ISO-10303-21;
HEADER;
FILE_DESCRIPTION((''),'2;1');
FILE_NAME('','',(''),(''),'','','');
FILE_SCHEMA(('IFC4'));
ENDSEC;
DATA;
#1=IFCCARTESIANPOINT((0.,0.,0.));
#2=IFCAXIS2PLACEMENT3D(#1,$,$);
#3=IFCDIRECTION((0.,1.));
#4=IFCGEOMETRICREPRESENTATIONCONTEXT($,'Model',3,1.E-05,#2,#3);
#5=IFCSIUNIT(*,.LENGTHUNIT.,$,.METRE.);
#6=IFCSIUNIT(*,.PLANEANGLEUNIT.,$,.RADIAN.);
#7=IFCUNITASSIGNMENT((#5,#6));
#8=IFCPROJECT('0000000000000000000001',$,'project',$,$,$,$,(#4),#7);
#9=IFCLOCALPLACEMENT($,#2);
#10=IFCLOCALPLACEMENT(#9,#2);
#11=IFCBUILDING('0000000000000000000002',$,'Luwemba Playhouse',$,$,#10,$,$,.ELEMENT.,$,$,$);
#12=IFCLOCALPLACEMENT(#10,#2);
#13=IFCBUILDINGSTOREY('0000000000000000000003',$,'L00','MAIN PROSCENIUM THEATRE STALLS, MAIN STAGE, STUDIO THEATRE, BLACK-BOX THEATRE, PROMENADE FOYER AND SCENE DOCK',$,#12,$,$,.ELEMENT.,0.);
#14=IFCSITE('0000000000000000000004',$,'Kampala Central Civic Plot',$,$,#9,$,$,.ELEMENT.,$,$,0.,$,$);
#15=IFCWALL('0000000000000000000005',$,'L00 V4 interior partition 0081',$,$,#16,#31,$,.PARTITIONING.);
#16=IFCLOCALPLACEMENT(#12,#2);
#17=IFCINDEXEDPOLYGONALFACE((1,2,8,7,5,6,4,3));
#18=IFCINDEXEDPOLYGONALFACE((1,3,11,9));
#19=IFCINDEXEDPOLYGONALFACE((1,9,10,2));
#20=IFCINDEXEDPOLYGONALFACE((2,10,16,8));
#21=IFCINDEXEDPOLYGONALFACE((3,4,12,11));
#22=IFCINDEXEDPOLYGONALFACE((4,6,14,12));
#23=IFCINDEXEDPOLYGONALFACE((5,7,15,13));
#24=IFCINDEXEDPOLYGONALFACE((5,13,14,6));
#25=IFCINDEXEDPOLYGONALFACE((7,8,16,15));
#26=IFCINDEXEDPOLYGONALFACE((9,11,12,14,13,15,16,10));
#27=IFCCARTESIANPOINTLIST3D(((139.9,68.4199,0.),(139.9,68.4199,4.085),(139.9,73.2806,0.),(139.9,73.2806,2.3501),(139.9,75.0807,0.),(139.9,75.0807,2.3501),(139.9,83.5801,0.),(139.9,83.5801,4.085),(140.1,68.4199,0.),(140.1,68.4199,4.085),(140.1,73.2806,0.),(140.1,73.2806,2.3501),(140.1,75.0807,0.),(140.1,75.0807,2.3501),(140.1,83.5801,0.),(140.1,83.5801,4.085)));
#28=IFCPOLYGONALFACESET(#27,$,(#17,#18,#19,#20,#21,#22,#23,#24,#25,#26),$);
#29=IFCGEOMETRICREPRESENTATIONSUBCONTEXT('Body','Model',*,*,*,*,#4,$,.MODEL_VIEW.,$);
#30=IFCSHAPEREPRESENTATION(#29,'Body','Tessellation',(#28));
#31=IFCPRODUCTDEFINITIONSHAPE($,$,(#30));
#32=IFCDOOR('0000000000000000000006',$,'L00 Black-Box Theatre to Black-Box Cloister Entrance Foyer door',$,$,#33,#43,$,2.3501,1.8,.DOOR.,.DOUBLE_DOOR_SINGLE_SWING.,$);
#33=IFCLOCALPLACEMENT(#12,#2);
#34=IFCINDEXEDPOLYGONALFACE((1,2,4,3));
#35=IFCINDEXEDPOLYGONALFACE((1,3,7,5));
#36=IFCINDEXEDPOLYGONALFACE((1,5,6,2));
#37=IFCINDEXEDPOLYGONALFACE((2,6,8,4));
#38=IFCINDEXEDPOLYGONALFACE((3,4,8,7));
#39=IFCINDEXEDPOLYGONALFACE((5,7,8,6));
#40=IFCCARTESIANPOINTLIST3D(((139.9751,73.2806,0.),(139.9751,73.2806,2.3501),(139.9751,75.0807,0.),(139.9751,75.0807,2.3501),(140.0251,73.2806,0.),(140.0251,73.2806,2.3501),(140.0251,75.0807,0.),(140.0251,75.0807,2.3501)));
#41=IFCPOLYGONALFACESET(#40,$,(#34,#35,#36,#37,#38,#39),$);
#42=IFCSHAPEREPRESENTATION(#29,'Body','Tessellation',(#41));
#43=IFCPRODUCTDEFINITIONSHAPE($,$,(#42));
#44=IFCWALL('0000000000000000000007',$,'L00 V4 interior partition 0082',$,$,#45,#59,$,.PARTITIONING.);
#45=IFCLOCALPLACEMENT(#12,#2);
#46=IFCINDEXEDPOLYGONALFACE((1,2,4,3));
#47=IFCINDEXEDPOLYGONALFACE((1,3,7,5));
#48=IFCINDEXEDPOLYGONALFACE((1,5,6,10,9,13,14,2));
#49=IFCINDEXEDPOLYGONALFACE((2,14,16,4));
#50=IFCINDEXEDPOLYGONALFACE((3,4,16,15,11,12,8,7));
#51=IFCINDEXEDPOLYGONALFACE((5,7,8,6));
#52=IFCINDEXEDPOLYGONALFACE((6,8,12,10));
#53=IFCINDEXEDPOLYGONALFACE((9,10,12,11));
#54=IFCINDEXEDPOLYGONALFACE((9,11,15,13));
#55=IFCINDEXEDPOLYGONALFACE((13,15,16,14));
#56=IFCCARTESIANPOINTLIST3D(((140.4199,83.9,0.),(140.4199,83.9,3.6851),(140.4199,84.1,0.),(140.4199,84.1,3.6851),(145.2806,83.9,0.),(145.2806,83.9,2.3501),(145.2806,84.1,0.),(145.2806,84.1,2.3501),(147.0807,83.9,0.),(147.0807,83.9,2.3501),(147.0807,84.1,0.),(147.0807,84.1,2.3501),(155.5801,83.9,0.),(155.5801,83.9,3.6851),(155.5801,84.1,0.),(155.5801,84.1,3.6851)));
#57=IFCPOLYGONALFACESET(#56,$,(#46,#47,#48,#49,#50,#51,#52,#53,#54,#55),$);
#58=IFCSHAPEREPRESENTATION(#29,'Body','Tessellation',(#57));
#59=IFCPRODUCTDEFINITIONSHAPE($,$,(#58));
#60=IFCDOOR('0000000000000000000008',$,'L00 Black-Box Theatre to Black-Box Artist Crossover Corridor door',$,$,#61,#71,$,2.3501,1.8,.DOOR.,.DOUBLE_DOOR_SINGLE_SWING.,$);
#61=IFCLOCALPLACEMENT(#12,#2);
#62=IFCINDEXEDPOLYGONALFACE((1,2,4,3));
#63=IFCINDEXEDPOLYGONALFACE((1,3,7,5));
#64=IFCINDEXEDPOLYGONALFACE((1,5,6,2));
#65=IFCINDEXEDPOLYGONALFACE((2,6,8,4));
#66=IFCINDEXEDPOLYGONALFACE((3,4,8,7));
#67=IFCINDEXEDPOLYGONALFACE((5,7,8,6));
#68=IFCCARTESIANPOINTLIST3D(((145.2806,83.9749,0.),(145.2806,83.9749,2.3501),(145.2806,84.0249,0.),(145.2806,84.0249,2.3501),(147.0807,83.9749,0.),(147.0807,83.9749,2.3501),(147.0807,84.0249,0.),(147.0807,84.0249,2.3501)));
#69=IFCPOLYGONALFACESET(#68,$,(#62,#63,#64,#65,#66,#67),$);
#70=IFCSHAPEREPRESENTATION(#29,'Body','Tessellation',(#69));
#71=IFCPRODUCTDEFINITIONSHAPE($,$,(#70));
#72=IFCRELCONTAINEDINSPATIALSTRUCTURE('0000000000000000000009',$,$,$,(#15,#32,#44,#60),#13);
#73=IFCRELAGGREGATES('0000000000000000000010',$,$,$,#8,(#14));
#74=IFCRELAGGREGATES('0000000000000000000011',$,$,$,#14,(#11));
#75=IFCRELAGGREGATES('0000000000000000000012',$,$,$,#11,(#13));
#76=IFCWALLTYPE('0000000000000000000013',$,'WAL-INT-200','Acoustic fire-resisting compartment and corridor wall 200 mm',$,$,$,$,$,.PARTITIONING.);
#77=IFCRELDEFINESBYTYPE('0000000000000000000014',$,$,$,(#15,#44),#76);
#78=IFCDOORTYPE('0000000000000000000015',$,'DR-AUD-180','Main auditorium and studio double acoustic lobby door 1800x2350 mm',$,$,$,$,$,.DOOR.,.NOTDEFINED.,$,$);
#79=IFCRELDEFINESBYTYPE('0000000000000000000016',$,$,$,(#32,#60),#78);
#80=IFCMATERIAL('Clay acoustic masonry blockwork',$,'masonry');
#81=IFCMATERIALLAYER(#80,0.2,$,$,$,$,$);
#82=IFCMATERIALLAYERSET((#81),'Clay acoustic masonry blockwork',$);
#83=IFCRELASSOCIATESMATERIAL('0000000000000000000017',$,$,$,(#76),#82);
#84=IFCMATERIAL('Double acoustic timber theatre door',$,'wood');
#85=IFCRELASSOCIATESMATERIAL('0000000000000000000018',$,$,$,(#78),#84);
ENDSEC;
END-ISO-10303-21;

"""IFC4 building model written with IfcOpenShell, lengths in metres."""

from ifc_helpers import new_model, si_unit, direction, frame, frame_2d, origin, place, context, subcontext, project, spatial, rectangle, extrude, material, layer, layer_set, type_object, element, fill, save


model = new_model("IFC4")

# Units and contexts
model_context = context("Model", 3, precision=1e-05, world=origin(), true_north=direction((0.0, 1.0)))
body_context = subcontext(model_context, "Body", "Model", "MODEL_VIEW")
ifc_project = project(units=[si_unit("LENGTHUNIT", "METRE"), si_unit("PLANEANGLEUNIT", "RADIAN")], contexts=[model_context])

# Site, building, storey
site_placement = place(None, origin())
site = spatial("IfcSite", under=ifc_project, at=site_placement, Name="Kampala Central Civic Plot", CompositionType="ELEMENT", RefElevation=0.0)
building_placement = place(site_placement, origin())
building = spatial("IfcBuilding", under=site, at=building_placement, Name="Luwemba Playhouse", CompositionType="ELEMENT")
storey_placement = place(building_placement, origin())
storey = spatial("IfcBuildingStorey", under=building, at=storey_placement, Name="L00", Description="MAIN PROSCENIUM THEATRE STALLS, MAIN STAGE, STUDIO THEATRE, BLACK-BOX THEATRE, PROMENADE FOYER AND SCENE DOCK", CompositionType="ELEMENT", Elevation=0.0)

# Walls, openings, doors
ifc_material_1 = material(Name="Clay acoustic masonry blockwork", Category="masonry")
ifc_layer = layer(ifc_material_1, 0.2)
ifc_layer_set = layer_set([ifc_layer], Name="Clay acoustic masonry blockwork")
wall_type = type_object("IfcWallType", Name="WAL-INT-200", Description="Acoustic fire-resisting compartment and corridor wall 200 mm", PredefinedType="PARTITIONING", material=ifc_layer_set)
wall_1_placement = place(storey_placement, frame((140.0, 68.4199, 0.0), z_axis=(0.0, 0.0, 1.0), x_axis=(0.0, 1.0, 0.0)))
wall_1 = element("IfcWall", 1, at=wall_1_placement, inside=storey, type_object=wall_type, Name="L00 V4 interior partition 0081", PredefinedType="PARTITIONING", context=body_context, shape_type="SweptSolid", body=[
    extrude(rectangle(XDim=15.1602, YDim=0.2, at=frame_2d((7.5801, 0.0))), origin(), (0.0, 0.0, 1.0), 4.085),
])
opening_1_placement = place(wall_1_placement, frame((4.8608, 0.0, 0.0)))
opening_1 = element("IfcOpeningElement", 2, at=opening_1_placement, cuts=wall_1, PredefinedType="OPENING", context=body_context, shape_type="SweptSolid", body=[
    extrude(rectangle(XDim=1.8, YDim=2.3501, at=frame_2d((0.8999, 1.175))), frame((0.0, 0.1099, 0.0), z_axis=(0.0, -1.0, 0.0), x_axis=(1.0, 0.0, 0.0)), (0.0, 0.0, 1.0), 0.22),
])
ifc_material_2 = material(Name="Double acoustic timber theatre door", Category="wood")
door_type = type_object("IfcDoorType", Name="DR-AUD-180", Description="Main auditorium and studio double acoustic lobby door 1800x2350 mm", OperationType="NOTDEFINED", PredefinedType="DOOR", material=ifc_material_2)
door_1_placement = place(opening_1_placement, origin())
door_1 = element("IfcDoor", 3, at=door_1_placement, inside=storey, type_object=door_type, Name="L00 Black-Box Theatre to Black-Box Cloister Entrance Foyer door", OperationType="DOUBLE_DOOR_SINGLE_SWING", OverallHeight=2.3501, OverallWidth=1.8, PredefinedType="DOOR", context=body_context, shape_type="SweptSolid", body=[
    extrude(rectangle(XDim=1.8, YDim=2.3501, at=frame_2d((0.8999, 1.175))), frame((0.0, 0.0249, 0.0), z_axis=(0.0, -1.0, 0.0), x_axis=(1.0, 0.0, 0.0)), (0.0, 0.0, 1.0), 0.05),
])
fill(opening_1, door_1)
wall_2_placement = place(storey_placement, frame((140.4199, 84.0, 0.0), z_axis=(0.0, 0.0, 1.0), x_axis=(1.0, 0.0, 0.0)))
wall_2 = element("IfcWall", 4, at=wall_2_placement, inside=storey, type_object=wall_type, Name="L00 V4 interior partition 0082", PredefinedType="PARTITIONING", context=body_context, shape_type="SweptSolid", body=[
    extrude(rectangle(XDim=15.1602, YDim=0.2, at=frame_2d((7.5801, 0.0))), origin(), (0.0, 0.0, 1.0), 3.6851),
])
opening_2_placement = place(wall_2_placement, frame((4.8608, 0.0, 0.0)))
opening_2 = element("IfcOpeningElement", 5, at=opening_2_placement, cuts=wall_2, PredefinedType="OPENING", context=body_context, shape_type="SweptSolid", body=[
    extrude(rectangle(XDim=1.8, YDim=2.3501, at=frame_2d((0.8999, 1.175))), frame((0.0, 0.1099, 0.0), z_axis=(0.0, -1.0, 0.0), x_axis=(1.0, 0.0, 0.0)), (0.0, 0.0, 1.0), 0.22),
])
door_2_placement = place(opening_2_placement, origin())
door_2 = element("IfcDoor", 6, at=door_2_placement, inside=storey, type_object=door_type, Name="L00 Black-Box Theatre to Black-Box Artist Crossover Corridor door", OperationType="DOUBLE_DOOR_SINGLE_SWING", OverallHeight=2.3501, OverallWidth=1.8, PredefinedType="DOOR", context=body_context, shape_type="SweptSolid", body=[
    extrude(rectangle(XDim=1.8, YDim=2.3501, at=frame_2d((0.8999, 1.175))), frame((0.0, 0.0249, 0.0), z_axis=(0.0, -1.0, 0.0), x_axis=(1.0, 0.0, 0.0)), (0.0, 0.0, 1.0), 0.05),
])
fill(opening_2, door_2)

save(model, "model.ifc")
